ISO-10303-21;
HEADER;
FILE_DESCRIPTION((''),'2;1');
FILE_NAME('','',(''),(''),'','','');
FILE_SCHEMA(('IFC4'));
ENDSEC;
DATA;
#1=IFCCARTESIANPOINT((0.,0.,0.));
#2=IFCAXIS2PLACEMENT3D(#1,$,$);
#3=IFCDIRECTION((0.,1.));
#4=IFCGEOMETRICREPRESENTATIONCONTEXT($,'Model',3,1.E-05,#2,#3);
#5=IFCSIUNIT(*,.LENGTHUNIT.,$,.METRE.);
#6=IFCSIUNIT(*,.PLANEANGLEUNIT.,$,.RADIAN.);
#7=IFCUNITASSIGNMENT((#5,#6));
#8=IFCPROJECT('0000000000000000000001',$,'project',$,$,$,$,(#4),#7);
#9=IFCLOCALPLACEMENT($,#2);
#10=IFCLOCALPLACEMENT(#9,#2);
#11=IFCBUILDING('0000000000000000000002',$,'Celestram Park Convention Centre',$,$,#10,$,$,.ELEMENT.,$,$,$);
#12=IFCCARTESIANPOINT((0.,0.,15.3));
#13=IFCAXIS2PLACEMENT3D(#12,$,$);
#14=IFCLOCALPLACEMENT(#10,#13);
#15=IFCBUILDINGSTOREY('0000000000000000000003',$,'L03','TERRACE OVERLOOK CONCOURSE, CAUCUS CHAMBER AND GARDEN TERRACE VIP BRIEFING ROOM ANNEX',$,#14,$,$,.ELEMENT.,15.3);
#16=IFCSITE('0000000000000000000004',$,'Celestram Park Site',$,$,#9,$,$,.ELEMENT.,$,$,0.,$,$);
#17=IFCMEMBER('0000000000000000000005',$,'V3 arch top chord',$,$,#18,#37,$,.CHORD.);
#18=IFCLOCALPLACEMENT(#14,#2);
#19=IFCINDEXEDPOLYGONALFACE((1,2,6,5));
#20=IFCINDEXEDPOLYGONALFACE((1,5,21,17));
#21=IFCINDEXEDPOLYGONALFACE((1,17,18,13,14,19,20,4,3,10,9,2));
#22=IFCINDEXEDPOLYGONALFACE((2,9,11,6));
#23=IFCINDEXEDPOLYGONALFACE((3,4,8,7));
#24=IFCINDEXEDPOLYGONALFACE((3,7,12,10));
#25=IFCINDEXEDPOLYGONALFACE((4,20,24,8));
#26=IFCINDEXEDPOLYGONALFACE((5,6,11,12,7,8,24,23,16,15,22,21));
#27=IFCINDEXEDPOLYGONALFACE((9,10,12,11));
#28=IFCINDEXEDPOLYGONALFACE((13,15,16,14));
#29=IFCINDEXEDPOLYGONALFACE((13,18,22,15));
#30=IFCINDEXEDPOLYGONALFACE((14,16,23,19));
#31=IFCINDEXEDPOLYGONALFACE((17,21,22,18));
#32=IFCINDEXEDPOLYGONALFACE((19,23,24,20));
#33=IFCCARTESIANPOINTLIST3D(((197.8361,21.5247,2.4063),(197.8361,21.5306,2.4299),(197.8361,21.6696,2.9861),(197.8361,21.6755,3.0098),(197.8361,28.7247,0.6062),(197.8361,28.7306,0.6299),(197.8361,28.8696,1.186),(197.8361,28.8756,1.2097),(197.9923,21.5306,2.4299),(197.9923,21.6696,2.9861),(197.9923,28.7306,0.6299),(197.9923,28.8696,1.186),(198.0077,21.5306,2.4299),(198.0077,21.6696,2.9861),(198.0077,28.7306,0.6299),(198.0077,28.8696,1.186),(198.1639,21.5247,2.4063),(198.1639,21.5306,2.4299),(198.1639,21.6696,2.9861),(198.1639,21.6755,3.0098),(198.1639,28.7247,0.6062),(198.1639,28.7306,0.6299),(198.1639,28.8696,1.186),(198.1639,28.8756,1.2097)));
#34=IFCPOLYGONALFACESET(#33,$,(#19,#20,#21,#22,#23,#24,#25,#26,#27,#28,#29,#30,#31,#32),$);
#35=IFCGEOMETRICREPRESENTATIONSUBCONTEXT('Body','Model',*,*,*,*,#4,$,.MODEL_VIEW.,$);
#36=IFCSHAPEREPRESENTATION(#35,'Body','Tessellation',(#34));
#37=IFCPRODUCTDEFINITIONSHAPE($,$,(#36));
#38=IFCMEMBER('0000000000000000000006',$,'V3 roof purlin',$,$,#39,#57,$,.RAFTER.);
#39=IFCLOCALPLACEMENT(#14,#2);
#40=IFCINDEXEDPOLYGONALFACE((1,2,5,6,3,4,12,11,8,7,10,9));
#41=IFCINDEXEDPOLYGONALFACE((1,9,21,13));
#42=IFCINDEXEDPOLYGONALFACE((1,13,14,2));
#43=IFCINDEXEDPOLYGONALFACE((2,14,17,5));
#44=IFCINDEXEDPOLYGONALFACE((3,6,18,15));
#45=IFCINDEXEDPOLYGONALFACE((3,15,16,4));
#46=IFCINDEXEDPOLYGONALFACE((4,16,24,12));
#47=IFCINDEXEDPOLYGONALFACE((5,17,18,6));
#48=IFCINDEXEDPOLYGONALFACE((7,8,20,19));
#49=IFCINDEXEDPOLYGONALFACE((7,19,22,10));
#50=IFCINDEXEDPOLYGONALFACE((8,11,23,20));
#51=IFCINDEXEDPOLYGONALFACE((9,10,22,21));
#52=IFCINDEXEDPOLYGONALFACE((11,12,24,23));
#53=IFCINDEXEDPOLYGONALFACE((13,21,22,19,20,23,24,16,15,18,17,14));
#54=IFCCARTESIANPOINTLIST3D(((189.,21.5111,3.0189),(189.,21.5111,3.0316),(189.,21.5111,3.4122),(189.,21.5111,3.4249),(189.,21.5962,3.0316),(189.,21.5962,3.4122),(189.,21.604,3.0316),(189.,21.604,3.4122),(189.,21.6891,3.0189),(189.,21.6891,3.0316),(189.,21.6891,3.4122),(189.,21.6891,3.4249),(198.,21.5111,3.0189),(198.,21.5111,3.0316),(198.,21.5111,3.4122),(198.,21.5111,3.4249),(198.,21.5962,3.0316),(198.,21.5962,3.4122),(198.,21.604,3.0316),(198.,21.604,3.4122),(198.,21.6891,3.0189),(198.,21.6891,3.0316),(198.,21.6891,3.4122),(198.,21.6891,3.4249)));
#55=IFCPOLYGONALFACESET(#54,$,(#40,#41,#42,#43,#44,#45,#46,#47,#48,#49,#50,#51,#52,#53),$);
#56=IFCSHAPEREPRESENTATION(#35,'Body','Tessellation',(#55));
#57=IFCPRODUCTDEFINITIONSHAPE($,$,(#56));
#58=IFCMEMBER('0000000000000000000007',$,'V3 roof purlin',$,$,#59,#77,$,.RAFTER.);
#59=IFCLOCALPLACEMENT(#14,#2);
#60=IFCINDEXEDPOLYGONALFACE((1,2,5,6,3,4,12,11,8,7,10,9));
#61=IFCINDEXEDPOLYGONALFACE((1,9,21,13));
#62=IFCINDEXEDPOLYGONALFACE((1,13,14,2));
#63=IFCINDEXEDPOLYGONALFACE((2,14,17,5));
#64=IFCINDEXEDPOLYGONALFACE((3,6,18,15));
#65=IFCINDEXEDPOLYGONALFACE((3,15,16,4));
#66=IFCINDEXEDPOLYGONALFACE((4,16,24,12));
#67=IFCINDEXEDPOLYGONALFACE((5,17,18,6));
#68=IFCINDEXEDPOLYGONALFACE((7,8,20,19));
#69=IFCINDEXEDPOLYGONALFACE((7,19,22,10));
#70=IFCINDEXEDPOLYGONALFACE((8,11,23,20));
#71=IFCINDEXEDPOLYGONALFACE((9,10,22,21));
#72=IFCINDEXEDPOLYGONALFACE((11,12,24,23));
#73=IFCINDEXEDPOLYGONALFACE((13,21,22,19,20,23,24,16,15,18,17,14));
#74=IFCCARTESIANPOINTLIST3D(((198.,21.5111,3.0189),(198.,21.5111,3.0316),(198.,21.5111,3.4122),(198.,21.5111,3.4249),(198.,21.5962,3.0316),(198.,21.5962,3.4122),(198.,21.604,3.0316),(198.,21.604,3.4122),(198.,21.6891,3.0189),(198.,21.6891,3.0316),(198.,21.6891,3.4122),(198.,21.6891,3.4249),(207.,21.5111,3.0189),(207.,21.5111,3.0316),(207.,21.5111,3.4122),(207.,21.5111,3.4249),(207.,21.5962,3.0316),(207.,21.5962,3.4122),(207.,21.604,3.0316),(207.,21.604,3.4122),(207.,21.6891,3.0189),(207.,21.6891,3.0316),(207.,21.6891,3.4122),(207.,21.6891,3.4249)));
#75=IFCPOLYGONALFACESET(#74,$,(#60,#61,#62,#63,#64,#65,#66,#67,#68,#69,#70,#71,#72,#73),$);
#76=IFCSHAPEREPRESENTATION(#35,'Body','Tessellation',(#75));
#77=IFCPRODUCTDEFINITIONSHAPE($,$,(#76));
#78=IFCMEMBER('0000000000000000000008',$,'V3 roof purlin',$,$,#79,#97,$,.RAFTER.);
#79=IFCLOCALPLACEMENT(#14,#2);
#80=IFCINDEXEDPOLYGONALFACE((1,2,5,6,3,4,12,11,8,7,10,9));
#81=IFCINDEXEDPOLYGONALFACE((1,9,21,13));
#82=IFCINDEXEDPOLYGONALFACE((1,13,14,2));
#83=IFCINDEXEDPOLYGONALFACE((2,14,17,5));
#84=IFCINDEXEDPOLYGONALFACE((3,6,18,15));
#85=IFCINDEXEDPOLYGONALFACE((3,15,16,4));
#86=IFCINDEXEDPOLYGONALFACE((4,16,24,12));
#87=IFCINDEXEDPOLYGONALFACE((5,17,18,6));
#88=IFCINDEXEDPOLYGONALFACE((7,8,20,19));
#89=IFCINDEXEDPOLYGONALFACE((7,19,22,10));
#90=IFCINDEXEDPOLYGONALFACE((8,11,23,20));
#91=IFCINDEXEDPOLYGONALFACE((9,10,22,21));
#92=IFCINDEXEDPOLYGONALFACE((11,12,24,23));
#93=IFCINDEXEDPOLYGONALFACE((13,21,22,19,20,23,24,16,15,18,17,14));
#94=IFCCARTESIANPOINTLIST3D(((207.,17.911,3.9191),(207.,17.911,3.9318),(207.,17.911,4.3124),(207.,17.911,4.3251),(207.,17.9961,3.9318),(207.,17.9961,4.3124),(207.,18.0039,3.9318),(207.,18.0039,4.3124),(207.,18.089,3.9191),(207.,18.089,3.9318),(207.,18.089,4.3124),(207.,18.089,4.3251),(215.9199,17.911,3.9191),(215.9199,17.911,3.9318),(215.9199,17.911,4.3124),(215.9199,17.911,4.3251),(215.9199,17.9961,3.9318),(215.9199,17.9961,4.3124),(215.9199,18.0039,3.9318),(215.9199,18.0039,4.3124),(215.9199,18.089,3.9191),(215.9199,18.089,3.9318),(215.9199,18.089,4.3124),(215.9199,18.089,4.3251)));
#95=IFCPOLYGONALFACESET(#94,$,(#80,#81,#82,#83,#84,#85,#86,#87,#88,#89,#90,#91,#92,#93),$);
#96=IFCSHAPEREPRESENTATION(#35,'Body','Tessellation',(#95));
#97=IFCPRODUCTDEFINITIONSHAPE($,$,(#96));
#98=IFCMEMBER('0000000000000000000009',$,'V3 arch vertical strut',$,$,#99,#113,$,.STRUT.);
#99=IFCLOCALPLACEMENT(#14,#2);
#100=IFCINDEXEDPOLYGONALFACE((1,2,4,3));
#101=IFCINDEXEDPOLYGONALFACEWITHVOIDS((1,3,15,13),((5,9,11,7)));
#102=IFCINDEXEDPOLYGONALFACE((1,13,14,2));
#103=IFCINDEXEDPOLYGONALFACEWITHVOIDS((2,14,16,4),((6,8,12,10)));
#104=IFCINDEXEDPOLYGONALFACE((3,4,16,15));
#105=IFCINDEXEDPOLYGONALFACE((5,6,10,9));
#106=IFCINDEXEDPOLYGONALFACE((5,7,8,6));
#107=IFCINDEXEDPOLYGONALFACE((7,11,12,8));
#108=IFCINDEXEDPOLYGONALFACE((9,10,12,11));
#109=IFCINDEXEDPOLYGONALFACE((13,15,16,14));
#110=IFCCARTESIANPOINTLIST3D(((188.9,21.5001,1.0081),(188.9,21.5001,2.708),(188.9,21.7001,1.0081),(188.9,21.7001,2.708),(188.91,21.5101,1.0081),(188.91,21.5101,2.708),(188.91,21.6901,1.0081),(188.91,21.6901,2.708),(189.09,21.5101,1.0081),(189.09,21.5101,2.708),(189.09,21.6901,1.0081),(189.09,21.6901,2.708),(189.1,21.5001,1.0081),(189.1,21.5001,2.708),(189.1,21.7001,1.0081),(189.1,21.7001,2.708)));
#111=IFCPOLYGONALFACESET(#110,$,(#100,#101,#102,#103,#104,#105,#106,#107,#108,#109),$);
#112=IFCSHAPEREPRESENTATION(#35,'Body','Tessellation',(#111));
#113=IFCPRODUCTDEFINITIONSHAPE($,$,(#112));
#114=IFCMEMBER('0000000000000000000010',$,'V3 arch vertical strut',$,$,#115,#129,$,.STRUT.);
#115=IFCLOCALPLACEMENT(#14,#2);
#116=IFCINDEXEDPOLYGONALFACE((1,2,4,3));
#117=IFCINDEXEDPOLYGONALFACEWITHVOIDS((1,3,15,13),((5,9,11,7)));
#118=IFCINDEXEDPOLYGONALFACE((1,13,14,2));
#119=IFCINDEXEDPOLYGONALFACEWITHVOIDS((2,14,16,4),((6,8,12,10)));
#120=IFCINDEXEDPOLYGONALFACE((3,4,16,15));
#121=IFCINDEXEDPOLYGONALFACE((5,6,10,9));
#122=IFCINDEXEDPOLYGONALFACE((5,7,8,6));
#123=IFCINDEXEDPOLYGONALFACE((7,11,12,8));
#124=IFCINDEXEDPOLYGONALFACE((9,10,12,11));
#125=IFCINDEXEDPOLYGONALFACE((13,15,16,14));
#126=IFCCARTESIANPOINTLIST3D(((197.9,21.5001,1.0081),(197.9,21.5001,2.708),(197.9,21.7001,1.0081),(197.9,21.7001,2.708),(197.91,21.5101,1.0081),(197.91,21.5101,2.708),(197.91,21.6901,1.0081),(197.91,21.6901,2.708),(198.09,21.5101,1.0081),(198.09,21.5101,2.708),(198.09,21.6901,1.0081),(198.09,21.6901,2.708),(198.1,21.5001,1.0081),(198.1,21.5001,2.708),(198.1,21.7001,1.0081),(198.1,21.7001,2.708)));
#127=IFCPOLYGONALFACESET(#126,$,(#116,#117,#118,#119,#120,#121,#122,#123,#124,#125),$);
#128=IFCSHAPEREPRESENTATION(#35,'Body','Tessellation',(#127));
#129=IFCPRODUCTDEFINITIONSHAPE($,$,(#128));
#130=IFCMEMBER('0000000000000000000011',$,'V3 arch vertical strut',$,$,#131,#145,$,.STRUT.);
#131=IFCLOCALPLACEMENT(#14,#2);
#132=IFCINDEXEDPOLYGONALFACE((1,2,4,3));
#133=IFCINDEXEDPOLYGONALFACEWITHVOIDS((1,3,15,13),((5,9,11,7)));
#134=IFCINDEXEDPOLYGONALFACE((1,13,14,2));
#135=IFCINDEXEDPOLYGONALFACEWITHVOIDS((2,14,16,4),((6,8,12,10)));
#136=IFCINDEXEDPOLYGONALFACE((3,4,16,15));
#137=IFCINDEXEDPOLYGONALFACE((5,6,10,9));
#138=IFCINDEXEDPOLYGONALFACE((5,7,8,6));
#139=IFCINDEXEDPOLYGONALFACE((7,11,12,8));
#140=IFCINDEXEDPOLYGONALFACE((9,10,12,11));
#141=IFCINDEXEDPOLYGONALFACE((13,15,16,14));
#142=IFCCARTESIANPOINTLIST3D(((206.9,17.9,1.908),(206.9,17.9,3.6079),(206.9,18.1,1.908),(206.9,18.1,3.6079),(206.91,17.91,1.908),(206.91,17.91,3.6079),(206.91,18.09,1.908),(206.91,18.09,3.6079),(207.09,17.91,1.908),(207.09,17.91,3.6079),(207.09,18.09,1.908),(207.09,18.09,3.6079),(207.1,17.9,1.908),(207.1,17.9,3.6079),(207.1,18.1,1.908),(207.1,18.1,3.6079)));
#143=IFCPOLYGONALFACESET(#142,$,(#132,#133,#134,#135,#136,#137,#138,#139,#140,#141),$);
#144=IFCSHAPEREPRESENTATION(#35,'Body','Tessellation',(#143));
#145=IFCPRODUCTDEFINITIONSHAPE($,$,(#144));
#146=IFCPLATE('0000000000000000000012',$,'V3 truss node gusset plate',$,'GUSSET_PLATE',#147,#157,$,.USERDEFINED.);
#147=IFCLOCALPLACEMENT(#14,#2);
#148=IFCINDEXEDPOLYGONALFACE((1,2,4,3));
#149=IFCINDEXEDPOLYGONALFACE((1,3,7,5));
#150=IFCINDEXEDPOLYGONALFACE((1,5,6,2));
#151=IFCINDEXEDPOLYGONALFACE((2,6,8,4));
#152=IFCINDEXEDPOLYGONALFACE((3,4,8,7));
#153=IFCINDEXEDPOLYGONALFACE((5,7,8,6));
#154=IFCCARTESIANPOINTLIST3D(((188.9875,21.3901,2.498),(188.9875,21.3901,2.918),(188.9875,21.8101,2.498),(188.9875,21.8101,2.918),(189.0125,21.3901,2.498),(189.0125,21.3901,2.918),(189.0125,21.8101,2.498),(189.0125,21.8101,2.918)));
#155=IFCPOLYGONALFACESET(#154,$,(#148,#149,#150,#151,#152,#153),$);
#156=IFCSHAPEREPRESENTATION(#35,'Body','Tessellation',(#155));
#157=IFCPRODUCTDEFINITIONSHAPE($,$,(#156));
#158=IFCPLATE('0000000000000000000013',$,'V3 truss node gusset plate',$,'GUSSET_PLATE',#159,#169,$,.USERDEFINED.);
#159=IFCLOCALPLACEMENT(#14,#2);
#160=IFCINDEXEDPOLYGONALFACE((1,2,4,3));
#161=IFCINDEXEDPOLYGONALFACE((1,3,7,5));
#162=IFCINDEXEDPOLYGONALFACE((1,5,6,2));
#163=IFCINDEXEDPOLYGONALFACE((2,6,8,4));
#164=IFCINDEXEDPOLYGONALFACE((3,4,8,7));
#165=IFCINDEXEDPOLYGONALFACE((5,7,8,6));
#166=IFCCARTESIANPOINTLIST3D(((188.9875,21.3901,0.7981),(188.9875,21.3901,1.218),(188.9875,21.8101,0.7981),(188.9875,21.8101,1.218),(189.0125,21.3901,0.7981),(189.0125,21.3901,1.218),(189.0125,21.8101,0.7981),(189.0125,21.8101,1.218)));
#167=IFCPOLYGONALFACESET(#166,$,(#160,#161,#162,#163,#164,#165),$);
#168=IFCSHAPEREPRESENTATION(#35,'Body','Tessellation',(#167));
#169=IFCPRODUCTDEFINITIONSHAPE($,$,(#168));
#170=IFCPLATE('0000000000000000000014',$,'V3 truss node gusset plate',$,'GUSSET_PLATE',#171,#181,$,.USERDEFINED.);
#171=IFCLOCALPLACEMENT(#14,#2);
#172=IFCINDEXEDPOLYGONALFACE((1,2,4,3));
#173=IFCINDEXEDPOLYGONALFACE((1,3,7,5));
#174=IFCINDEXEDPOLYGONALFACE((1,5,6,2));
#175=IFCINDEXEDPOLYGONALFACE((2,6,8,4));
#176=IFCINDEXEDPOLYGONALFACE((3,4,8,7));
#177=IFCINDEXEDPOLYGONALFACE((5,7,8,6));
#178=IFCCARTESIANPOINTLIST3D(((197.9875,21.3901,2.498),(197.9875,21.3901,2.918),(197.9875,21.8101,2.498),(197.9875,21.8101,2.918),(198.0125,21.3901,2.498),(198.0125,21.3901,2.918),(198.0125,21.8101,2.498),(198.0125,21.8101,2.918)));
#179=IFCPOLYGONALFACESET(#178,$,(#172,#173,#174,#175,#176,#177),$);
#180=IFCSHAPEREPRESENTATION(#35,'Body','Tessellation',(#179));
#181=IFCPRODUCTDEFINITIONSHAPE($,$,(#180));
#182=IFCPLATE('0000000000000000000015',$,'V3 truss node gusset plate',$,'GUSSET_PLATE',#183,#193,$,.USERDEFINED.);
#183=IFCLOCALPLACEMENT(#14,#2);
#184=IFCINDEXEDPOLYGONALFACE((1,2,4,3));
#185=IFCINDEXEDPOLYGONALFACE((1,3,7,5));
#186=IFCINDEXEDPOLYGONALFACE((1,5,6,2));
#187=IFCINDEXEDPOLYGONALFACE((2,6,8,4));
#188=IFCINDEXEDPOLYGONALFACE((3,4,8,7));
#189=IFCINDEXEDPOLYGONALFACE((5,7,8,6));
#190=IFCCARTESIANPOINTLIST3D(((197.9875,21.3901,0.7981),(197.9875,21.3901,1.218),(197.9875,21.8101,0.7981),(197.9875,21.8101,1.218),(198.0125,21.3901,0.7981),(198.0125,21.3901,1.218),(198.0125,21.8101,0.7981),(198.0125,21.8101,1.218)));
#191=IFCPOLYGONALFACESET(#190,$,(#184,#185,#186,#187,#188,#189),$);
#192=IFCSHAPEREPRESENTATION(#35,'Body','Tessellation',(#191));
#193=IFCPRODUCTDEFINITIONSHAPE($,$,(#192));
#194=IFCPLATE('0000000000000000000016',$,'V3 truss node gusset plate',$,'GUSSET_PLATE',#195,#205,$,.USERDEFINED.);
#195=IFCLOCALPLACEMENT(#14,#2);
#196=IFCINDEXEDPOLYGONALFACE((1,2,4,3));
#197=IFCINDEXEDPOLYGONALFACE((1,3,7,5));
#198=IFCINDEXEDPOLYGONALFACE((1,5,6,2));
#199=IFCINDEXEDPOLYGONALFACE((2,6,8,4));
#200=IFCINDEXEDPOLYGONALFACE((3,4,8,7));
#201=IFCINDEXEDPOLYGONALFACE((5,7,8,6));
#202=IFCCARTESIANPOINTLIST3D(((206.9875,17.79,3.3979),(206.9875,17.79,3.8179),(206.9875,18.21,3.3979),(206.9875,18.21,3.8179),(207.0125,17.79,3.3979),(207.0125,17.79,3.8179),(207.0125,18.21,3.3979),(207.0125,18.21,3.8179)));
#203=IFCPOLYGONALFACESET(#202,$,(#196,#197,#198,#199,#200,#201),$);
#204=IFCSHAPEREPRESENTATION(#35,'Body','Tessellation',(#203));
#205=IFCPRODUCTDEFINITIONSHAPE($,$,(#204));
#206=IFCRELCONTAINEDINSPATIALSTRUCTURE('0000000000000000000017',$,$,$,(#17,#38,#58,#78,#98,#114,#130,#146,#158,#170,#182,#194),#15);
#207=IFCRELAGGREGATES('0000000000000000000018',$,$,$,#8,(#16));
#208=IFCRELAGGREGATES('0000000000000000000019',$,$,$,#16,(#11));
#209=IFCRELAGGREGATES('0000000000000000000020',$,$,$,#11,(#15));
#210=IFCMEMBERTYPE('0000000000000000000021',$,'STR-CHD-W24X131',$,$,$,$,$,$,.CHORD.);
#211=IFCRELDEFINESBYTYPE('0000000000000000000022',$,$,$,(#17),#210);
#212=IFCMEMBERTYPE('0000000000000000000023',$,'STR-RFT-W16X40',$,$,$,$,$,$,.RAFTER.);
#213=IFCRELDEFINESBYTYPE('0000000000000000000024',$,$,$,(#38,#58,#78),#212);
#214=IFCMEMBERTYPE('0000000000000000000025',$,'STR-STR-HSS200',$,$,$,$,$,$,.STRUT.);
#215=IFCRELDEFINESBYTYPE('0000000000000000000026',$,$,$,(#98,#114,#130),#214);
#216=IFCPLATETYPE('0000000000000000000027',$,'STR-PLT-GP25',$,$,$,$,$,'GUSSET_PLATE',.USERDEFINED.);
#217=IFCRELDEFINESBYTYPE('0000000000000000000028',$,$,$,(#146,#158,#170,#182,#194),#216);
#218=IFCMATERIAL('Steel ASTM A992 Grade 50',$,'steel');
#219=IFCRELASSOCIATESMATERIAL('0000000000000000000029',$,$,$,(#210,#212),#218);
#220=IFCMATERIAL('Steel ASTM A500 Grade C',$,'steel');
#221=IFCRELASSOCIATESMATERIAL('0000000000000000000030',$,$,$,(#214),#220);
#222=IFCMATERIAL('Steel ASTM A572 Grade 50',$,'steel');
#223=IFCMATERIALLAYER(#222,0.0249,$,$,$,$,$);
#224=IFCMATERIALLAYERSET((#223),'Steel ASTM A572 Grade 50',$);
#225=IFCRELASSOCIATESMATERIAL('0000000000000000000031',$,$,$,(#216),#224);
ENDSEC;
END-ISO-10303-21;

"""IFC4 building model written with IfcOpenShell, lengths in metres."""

from ifc_helpers import new_model, si_unit, direction, frame, origin, origin_2d, place, context, subcontext, project, spatial, rectangle, hollow_rectangle, i_section, extrude, material, layer, layer_set, material_profile, profile_set, type_object, element, save


model = new_model("IFC4")

# Units and contexts
model_context = context("Model", 3, precision=1e-05, world=origin(), true_north=direction((0.0, 1.0)))
body_context = subcontext(model_context, "Body", "Model", "MODEL_VIEW")
ifc_project = project(units=[si_unit("LENGTHUNIT", "METRE"), si_unit("PLANEANGLEUNIT", "RADIAN")], contexts=[model_context])

# Site, building, storey
site_placement = place(None, origin())
site = spatial("IfcSite", under=ifc_project, at=site_placement, Name="Celestram Park Site", CompositionType="ELEMENT", RefElevation=0.0)
building_placement = place(site_placement, origin())
building = spatial("IfcBuilding", under=site, at=building_placement, Name="Celestram Park Convention Centre", CompositionType="ELEMENT")
storey_placement = place(building_placement, frame((0.0, 0.0, 15.3)))
storey = spatial("IfcBuildingStorey", under=building, at=storey_placement, Name="L03", Description="TERRACE OVERLOOK CONCOURSE, CAUCUS CHAMBER AND GARDEN TERRACE VIP BRIEFING ROOM ANNEX", CompositionType="ELEMENT", Elevation=15.3)

# Members
ifc_material_1 = material(Name="Steel ASTM A500 Grade C", Category="steel")
ifc_material_2 = material(Name="Steel ASTM A992 Grade 50", Category="steel")
ifc_material_profile_1 = material_profile(ifc_material_2, i_section(OverallWidth=0.3279, OverallDepth=0.6221, WebThickness=0.0154, FlangeThickness=0.0244, at=origin_2d()), Name="W24X131")
ifc_profile_set_1 = profile_set([ifc_material_profile_1], Name="Steel ASTM A992 Grade 50")
member_type_1 = type_object("IfcMemberType", Name="STR-CHD-W24X131", PredefinedType="CHORD", material=ifc_profile_set_1)
member_1_placement = place(storey_placement, frame((198.0, 21.6001, 2.708), z_axis=(0.0, 0.970141, -0.242543), x_axis=(-1.0, 0.0, 0.0)))
element("IfcMember", 1, at=member_1_placement, inside=storey, type_object=member_type_1, Name="V3 arch top chord", PredefinedType="CHORD", context=body_context, shape_type="SweptSolid", body=[
    extrude(i_section(OverallWidth=0.3279, OverallDepth=0.6221, WebThickness=0.0154, FlangeThickness=0.0244, at=origin_2d()), origin(), (0.0, 0.0, 1.0), 7.4216),
])
ifc_material_profile_2 = material_profile(ifc_material_2, i_section(OverallWidth=0.178, OverallDepth=0.406, WebThickness=0.0078, FlangeThickness=0.0127, at=origin_2d()), Name="W16X40")
ifc_profile_set_2 = profile_set([ifc_material_profile_2], Name="Steel ASTM A992 Grade 50")
member_type_2 = type_object("IfcMemberType", Name="STR-RFT-W16X40", PredefinedType="RAFTER", material=ifc_profile_set_2)
for number, where, z_axis, x_axis, name in (
    (2, (189.0, 21.6001, 3.2219), (1.0, 0.0, 0.0), (0.0, 1.0, 0.0), "V3 roof purlin"),
    (3, (198.0, 21.6001, 3.2219), (1.0, 0.0, 0.0), (0.0, 1.0, 0.0), "V3 roof purlin"),
):
    element("IfcMember", number, at=place(storey_placement, frame(where, z_axis=z_axis, x_axis=x_axis)), inside=storey, type_object=member_type_2, Name=name, PredefinedType="RAFTER", context=body_context, shape_type="SweptSolid", body=[
        extrude(i_section(OverallWidth=0.178, OverallDepth=0.406, WebThickness=0.0078, FlangeThickness=0.0127, at=origin_2d()), origin(), (0.0, 0.0, 1.0), 9.0),
    ])
member_2_placement = place(storey_placement, frame((207.0, 18.0, 4.1221), z_axis=(1.0, 0.0, 0.0), x_axis=(0.0, 1.0, 0.0)))
element("IfcMember", 4, at=member_2_placement, inside=storey, type_object=member_type_2, Name="V3 roof purlin", PredefinedType="RAFTER", context=body_context, shape_type="SweptSolid", body=[
    extrude(i_section(OverallWidth=0.178, OverallDepth=0.406, WebThickness=0.0078, FlangeThickness=0.0127, at=origin_2d()), origin(), (0.0, 0.0, 1.0), 8.9199),
])
ifc_material_profile_3 = material_profile(ifc_material_1, hollow_rectangle(XDim=0.2, YDim=0.2, WallThickness=0.01, at=origin_2d()), Name="HSS200X200X10")
ifc_profile_set_3 = profile_set([ifc_material_profile_3], Name="Steel ASTM A500 Grade C")
member_type_3 = type_object("IfcMemberType", Name="STR-STR-HSS200", PredefinedType="STRUT", material=ifc_profile_set_3)
for number, where, z_axis, x_axis, name in (
    (5, (189.0, 21.6001, 1.0081), (0.0, 0.0, 1.0), (1.0, 0.0, 0.0), "V3 arch vertical strut"),
    (6, (198.0, 21.6001, 1.0081), (0.0, 0.0, 1.0), (1.0, 0.0, 0.0), "V3 arch vertical strut"),
    (7, (207.0, 18.0, 1.908), (0.0, 0.0, 1.0), (1.0, 0.0, 0.0), "V3 arch vertical strut"),
):
    element("IfcMember", number, at=place(storey_placement, frame(where, z_axis=z_axis, x_axis=x_axis)), inside=storey, type_object=member_type_3, Name=name, PredefinedType="STRUT", context=body_context, shape_type="SweptSolid", body=[
        extrude(hollow_rectangle(XDim=0.2, YDim=0.2, WallThickness=0.01, at=origin_2d()), origin(), (0.0, 0.0, 1.0), 1.7),
    ])

# Plates
ifc_material_3 = material(Name="Steel ASTM A572 Grade 50", Category="steel")
ifc_layer_1 = layer(ifc_material_3, 0.0249)
ifc_layer_set_1 = layer_set([ifc_layer_1], Name="Steel ASTM A572 Grade 50")
plate_type = type_object("IfcPlateType", Name="STR-PLT-GP25", ElementType="GUSSET_PLATE", PredefinedType="USERDEFINED", material=ifc_layer_set_1)
for number, where, z_axis, x_axis, name in (
    (8, (189.0, 21.6001, 2.498), (0.0, 0.0, 1.0), (0.0, 1.0, 0.0), "V3 truss node gusset plate"),
    (9, (189.0, 21.6001, 0.7981), (0.0, 0.0, 1.0), (0.0, 1.0, 0.0), "V3 truss node gusset plate"),
    (10, (198.0, 21.6001, 2.498), (0.0, 0.0, 1.0), (0.0, 1.0, 0.0), "V3 truss node gusset plate"),
    (11, (198.0, 21.6001, 0.7981), (0.0, 0.0, 1.0), (0.0, 1.0, 0.0), "V3 truss node gusset plate"),
    (12, (207.0, 18.0, 3.3979), (0.0, 0.0, 1.0), (0.0, 1.0, 0.0), "V3 truss node gusset plate"),
):
    element("IfcPlate", number, at=place(storey_placement, frame(where, z_axis=z_axis, x_axis=x_axis)), inside=storey, type_object=plate_type, Name=name, ObjectType="GUSSET_PLATE", PredefinedType="USERDEFINED", context=body_context, shape_type="SweptSolid", body=[
        extrude(rectangle(XDim=0.4199, YDim=0.0249, at=origin_2d()), origin(), (0.0, 0.0, 1.0), 0.4199),
    ])

save(model, "model.ifc")
